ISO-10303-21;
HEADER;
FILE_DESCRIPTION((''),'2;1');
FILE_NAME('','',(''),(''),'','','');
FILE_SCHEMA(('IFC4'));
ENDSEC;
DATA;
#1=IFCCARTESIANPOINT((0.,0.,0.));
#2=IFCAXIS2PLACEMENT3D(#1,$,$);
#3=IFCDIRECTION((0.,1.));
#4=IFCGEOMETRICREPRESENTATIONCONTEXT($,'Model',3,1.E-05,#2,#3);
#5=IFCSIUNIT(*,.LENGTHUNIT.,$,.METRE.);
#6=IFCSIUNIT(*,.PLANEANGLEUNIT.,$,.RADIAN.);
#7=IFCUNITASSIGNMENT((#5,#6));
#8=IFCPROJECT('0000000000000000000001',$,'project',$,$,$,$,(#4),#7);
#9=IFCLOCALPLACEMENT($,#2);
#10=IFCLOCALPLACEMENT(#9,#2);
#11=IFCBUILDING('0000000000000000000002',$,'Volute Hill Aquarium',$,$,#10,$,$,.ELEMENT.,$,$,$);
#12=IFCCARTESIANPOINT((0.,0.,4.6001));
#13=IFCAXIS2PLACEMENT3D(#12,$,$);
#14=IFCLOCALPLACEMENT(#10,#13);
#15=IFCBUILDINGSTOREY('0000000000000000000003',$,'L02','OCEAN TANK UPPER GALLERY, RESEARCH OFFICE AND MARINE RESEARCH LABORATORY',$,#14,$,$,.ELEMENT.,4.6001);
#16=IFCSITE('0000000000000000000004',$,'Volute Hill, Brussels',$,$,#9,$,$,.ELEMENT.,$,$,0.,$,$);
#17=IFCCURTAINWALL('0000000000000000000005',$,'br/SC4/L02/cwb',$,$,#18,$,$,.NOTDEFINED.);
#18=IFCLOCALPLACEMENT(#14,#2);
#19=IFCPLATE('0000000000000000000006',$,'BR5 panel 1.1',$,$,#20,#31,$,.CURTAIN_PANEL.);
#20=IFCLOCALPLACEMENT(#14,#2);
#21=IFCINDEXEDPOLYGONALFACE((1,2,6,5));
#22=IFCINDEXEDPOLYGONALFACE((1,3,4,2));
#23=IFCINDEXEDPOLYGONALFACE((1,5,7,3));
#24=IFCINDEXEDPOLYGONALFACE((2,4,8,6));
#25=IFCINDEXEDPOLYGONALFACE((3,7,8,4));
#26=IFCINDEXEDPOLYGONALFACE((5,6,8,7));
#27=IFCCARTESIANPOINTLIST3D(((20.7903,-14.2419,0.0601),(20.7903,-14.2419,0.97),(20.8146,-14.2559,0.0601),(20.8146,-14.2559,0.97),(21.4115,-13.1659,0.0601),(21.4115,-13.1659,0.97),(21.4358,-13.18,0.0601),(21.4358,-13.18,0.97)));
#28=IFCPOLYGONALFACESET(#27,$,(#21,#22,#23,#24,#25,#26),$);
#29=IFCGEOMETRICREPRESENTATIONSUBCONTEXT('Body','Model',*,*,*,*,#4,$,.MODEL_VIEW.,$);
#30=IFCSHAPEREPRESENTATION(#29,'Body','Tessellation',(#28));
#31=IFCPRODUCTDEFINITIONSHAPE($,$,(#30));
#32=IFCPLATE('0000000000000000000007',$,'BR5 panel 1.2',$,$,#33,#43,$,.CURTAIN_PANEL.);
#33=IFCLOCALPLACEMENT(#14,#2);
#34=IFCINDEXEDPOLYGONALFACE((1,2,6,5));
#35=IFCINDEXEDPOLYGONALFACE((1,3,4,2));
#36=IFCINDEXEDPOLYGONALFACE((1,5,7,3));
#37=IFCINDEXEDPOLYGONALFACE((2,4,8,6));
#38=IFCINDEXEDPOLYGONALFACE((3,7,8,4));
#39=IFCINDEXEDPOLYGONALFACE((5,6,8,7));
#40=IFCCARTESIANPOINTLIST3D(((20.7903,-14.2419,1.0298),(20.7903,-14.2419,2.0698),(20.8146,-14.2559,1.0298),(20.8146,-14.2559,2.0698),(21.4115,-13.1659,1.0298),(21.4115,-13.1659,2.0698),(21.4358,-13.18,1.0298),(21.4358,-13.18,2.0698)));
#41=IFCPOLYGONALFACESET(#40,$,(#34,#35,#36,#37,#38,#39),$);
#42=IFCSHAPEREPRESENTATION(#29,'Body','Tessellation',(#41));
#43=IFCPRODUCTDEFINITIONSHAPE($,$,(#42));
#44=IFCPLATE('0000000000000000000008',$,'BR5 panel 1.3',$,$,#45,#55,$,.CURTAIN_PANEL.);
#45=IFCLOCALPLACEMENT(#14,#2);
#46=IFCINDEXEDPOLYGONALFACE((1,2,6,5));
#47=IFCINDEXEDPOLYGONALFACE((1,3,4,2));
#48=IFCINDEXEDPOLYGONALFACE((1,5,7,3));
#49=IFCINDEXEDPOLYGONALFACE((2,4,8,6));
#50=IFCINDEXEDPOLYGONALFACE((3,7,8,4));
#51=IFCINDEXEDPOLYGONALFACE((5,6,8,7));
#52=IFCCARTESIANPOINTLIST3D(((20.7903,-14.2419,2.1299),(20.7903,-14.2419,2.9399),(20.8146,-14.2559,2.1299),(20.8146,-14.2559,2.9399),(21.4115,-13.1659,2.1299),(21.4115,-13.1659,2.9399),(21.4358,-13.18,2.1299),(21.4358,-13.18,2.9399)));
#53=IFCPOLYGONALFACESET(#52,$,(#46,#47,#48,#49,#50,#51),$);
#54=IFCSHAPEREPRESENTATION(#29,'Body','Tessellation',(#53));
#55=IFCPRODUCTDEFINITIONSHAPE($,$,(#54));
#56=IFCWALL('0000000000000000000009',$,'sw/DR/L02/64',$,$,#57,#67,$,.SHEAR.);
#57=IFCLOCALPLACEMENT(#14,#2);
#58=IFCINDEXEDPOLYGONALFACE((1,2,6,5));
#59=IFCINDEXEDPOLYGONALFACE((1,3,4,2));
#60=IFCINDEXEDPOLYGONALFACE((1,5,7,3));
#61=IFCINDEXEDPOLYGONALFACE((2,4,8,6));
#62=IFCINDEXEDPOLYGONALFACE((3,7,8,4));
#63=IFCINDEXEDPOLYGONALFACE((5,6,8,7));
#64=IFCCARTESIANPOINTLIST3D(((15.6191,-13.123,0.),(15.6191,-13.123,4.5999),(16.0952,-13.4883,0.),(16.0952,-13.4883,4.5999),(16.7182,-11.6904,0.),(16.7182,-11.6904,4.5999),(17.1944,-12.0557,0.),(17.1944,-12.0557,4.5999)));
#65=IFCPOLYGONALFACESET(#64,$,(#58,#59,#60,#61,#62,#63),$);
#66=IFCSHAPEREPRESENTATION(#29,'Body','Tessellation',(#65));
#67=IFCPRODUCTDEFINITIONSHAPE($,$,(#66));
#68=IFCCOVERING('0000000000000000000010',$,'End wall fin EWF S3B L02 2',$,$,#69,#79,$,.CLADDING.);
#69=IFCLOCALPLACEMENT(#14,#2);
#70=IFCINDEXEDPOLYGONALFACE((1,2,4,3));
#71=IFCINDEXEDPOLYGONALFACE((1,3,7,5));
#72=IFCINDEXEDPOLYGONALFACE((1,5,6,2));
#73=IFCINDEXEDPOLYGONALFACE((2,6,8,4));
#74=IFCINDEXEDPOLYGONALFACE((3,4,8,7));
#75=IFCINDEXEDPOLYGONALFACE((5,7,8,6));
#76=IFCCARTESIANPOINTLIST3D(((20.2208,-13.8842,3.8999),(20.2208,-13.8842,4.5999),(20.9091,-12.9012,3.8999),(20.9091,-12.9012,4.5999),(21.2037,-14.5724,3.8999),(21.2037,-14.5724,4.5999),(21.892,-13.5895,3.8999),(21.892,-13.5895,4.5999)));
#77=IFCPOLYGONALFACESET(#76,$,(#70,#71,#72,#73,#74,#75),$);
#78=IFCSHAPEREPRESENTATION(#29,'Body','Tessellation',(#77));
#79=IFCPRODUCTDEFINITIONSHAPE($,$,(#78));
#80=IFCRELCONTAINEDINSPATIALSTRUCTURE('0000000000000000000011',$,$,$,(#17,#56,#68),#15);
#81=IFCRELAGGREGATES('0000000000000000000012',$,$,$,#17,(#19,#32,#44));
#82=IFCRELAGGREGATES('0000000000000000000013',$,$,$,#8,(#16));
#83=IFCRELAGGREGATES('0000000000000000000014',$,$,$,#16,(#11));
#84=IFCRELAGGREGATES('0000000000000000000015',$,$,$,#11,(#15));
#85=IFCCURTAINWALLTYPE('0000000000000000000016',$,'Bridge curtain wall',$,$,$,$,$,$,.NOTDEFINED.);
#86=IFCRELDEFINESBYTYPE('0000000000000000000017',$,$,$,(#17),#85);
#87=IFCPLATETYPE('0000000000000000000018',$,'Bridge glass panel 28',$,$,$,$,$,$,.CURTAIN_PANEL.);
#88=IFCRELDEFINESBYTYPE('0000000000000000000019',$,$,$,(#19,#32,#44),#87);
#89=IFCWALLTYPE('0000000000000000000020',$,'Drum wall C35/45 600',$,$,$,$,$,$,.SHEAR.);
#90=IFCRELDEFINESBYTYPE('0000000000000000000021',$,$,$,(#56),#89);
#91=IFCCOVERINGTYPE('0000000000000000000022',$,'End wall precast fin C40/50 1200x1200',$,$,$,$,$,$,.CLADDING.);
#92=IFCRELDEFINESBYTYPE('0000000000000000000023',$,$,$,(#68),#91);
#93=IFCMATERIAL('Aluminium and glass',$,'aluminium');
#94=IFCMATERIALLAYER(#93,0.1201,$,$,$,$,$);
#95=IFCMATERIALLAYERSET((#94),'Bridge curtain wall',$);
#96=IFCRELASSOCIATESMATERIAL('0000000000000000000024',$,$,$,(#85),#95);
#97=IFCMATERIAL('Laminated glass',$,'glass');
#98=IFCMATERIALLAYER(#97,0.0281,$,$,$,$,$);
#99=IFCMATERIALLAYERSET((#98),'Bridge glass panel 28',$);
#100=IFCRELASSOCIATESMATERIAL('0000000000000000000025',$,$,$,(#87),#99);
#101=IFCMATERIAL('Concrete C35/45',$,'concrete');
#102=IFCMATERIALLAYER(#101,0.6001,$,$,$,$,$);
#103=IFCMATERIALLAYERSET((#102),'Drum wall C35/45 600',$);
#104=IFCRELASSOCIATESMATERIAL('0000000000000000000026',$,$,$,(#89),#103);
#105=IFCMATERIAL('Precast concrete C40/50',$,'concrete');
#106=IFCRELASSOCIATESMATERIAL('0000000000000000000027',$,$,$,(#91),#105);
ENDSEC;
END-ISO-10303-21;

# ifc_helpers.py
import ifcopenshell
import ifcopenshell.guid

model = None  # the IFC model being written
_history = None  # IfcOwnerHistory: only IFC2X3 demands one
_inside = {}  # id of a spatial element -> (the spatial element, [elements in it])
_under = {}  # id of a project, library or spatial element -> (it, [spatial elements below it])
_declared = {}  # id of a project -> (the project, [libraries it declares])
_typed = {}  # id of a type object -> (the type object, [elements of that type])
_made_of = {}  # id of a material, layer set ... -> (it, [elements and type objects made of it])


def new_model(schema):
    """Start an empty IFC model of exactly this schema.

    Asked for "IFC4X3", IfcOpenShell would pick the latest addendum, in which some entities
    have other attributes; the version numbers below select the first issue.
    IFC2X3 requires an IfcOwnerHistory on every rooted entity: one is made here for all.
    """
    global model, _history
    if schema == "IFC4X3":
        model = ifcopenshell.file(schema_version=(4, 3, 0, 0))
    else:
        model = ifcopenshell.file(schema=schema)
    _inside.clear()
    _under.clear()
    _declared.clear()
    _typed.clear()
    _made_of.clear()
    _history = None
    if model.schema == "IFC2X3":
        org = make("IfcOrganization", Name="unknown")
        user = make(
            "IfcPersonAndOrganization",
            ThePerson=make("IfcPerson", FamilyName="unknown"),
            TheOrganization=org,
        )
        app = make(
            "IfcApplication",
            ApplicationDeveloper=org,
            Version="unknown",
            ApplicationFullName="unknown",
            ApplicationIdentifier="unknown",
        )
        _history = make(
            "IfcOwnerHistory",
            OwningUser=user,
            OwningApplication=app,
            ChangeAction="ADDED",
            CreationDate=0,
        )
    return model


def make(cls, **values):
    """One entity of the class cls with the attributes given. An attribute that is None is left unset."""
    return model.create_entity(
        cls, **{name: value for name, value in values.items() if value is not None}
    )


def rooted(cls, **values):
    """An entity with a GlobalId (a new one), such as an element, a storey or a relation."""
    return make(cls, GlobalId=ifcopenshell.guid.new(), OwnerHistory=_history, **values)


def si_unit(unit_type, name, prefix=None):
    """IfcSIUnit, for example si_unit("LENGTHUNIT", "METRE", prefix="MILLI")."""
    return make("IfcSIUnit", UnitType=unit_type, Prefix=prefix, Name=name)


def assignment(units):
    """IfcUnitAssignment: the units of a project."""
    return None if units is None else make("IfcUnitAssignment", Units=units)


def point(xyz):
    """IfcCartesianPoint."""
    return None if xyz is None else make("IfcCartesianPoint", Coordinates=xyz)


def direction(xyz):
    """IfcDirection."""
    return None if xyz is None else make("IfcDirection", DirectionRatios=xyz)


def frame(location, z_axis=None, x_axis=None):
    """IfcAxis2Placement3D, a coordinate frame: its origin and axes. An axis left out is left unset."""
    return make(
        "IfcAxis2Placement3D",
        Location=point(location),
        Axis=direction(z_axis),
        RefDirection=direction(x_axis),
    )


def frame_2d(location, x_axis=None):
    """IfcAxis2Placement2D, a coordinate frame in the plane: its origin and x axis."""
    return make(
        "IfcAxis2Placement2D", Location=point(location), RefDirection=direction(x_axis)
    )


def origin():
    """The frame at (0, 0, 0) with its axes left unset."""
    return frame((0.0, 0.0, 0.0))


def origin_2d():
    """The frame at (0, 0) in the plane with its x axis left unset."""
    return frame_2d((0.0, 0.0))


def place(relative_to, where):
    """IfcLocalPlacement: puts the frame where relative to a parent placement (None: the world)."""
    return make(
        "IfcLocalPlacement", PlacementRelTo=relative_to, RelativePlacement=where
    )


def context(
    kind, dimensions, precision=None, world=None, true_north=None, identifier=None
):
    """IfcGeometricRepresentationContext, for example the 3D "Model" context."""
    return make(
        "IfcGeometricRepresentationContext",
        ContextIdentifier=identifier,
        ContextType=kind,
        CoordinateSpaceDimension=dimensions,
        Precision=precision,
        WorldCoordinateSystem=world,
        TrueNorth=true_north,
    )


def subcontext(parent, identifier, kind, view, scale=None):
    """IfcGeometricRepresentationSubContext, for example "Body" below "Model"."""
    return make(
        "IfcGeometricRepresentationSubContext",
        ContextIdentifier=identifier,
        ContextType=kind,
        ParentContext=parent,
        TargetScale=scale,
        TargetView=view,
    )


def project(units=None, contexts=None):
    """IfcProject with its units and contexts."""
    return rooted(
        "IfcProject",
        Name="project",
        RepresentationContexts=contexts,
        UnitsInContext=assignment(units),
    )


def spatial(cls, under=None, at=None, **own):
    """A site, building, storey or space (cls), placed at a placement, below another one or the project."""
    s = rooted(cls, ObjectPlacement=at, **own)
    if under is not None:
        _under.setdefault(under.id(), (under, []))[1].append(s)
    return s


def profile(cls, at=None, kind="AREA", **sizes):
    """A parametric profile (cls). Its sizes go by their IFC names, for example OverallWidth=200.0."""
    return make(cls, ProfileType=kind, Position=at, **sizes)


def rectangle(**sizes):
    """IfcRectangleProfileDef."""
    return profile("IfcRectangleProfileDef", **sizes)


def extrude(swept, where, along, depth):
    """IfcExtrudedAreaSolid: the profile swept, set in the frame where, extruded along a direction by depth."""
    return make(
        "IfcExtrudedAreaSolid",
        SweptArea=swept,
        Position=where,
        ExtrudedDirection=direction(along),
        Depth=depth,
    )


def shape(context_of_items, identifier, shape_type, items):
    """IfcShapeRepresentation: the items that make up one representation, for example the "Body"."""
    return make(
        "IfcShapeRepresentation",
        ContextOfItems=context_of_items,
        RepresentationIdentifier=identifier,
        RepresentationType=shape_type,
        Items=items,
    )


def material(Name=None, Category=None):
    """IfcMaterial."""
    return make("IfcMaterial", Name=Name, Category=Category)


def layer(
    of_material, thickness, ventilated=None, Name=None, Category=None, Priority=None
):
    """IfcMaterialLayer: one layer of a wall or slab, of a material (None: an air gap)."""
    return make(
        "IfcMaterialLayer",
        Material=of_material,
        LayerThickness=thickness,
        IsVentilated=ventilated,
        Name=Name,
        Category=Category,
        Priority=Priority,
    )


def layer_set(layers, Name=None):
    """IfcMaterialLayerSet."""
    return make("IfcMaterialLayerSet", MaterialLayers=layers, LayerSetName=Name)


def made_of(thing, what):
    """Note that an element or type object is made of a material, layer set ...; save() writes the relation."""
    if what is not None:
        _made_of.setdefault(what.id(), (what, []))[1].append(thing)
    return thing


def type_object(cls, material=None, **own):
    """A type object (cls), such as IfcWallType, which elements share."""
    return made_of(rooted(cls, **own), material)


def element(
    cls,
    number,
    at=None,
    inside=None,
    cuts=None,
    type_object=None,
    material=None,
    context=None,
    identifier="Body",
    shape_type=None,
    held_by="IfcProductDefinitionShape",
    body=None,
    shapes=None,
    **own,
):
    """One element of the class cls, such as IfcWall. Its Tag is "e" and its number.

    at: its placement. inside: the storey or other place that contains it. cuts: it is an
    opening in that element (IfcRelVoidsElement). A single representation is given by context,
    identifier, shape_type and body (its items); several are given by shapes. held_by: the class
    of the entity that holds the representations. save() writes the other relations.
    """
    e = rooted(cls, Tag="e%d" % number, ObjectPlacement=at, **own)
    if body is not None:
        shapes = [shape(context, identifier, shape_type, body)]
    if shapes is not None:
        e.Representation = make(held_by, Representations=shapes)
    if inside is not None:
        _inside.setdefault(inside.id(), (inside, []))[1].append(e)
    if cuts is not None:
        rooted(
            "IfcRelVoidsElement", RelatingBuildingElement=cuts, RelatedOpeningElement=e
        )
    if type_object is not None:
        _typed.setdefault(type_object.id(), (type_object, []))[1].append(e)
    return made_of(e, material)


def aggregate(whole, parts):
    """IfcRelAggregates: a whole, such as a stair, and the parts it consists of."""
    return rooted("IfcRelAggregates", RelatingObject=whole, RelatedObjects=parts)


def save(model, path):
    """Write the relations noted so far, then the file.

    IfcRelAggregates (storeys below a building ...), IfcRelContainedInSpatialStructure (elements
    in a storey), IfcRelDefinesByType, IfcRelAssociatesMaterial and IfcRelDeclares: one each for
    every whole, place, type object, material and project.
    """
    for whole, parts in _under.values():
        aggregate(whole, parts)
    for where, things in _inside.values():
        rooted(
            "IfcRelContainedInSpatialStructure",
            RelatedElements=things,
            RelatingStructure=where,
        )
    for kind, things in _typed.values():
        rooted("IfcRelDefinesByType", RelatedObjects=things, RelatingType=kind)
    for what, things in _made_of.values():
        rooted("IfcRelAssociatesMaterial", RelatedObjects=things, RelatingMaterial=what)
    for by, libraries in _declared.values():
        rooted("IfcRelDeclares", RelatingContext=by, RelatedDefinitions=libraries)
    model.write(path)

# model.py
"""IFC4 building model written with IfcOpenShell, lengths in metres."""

from ifc_helpers import new_model, si_unit, direction, frame, frame_2d, origin, origin_2d, place, context, subcontext, project, spatial, rectangle, extrude, material, layer, layer_set, type_object, element, aggregate, save


model = new_model("IFC4")

# Units and contexts
model_context = context("Model", 3, precision=1e-05, world=origin(), true_north=direction((0.0, 1.0)))
body_context = subcontext(model_context, "Body", "Model", "MODEL_VIEW")
ifc_project = project(units=[si_unit("LENGTHUNIT", "METRE"), si_unit("PLANEANGLEUNIT", "RADIAN")], contexts=[model_context])

# Site, building, storey
site_placement = place(None, origin())
site = spatial("IfcSite", under=ifc_project, at=site_placement, Name="Volute Hill, Brussels", CompositionType="ELEMENT", RefElevation=0.0)
building_placement = place(site_placement, origin())
building = spatial("IfcBuilding", under=site, at=building_placement, Name="Volute Hill Aquarium", CompositionType="ELEMENT")
storey_placement = place(building_placement, frame((0.0, 0.0, 4.6001)))
storey = spatial("IfcBuildingStorey", under=building, at=storey_placement, Name="L02", Description="OCEAN TANK UPPER GALLERY, RESEARCH OFFICE AND MARINE RESEARCH LABORATORY", CompositionType="ELEMENT", Elevation=4.6001)

# Shared definitions
ifc_material_1 = material(Name="Aluminium and glass", Category="aluminium")
ifc_layer_1 = layer(ifc_material_1, 0.1201)
ifc_layer_set_1 = layer_set([ifc_layer_1], Name="Bridge curtain wall")
curtain_wall_type = type_object("IfcCurtainWallType", Name="Bridge curtain wall", PredefinedType="NOTDEFINED", material=ifc_layer_set_1)

# Curtain wall
curtain_wall_1_placement = place(storey_placement, origin())
curtain_wall_1 = element("IfcCurtainWall", 1, at=curtain_wall_1_placement, inside=storey, type_object=curtain_wall_type, Name="br/SC4/L02/cwb", PredefinedType="NOTDEFINED")

# Plates
ifc_material_2 = material(Name="Laminated glass", Category="glass")
ifc_layer_2 = layer(ifc_material_2, 0.0281)
ifc_layer_set_2 = layer_set([ifc_layer_2], Name="Bridge glass panel 28")
plate_type = type_object("IfcPlateType", Name="Bridge glass panel 28", PredefinedType="CURTAIN_PANEL", material=ifc_layer_set_2)
plate_1_placement = place(storey_placement, frame((21.113, -13.7109, 0.0601), z_axis=(0.0, 0.0, 1.0), x_axis=(0.500005, 0.866022, 0.0)))
plate_1 = element("IfcPlate", 2, at=plate_1_placement, type_object=plate_type, Name="BR5 panel 1.1", PredefinedType="CURTAIN_PANEL", context=body_context, shape_type="SweptSolid", body=[
    extrude(rectangle(XDim=1.2424, YDim=0.0281, at=origin_2d()), origin(), (0.0, 0.0, 1.0), 0.9099),
])
plate_2_placement = place(storey_placement, frame((21.113, -13.7109, 1.0298), z_axis=(0.0, 0.0, 1.0), x_axis=(0.500005, 0.866022, 0.0)))
plate_2 = element("IfcPlate", 3, at=plate_2_placement, type_object=plate_type, Name="BR5 panel 1.2", PredefinedType="CURTAIN_PANEL", context=body_context, shape_type="SweptSolid", body=[
    extrude(rectangle(XDim=1.2424, YDim=0.0281, at=origin_2d()), origin(), (0.0, 0.0, 1.0), 1.04),
])
plate_3_placement = place(storey_placement, frame((21.113, -13.7109, 2.1299), z_axis=(0.0, 0.0, 1.0), x_axis=(0.500005, 0.866022, 0.0)))
plate_3 = element("IfcPlate", 4, at=plate_3_placement, type_object=plate_type, Name="BR5 panel 1.3", PredefinedType="CURTAIN_PANEL", context=body_context, shape_type="SweptSolid", body=[
    extrude(rectangle(XDim=1.2424, YDim=0.0281, at=origin_2d()), origin(), (0.0, 0.0, 1.0), 0.8101),
])
aggregate(curtain_wall_1, [plate_1, plate_2, plate_3])

# Wall
ifc_material_3 = material(Name="Concrete C35/45", Category="concrete")
ifc_layer_3 = layer(ifc_material_3, 0.6001)
ifc_layer_set_3 = layer_set([ifc_layer_3], Name="Drum wall C35/45 600")
wall_type = type_object("IfcWallType", Name="Drum wall C35/45 600", PredefinedType="SHEAR", material=ifc_layer_set_3)
wall_placement = place(storey_placement, frame((15.8572, -13.3057, 0.0), z_axis=(0.0, 0.0, 1.0), x_axis=(0.608704, 0.793397, 0.0)))
element("IfcWall", 5, at=wall_placement, inside=storey, type_object=wall_type, Name="sw/DR/L02/64", PredefinedType="SHEAR", context=body_context, shape_type="SweptSolid", body=[
    extrude(rectangle(XDim=1.8057, YDim=0.6001, at=frame_2d((0.9028, 0.0))), origin(), (0.0, 0.0, 1.0), 4.5999),
])

# Covering
ifc_material_4 = material(Name="Precast concrete C40/50", Category="concrete")
covering_type = type_object("IfcCoveringType", Name="End wall precast fin C40/50 1200x1200", PredefinedType="CLADDING", material=ifc_material_4)
covering_placement = place(storey_placement, frame((21.0564, -13.7368, 3.8999), z_axis=(0.0, 0.0, 1.0), x_axis=(0.819152, -0.573576, 0.0)))
element("IfcCovering", 6, at=covering_placement, inside=storey, type_object=covering_type, Name="End wall fin EWF S3B L02 2", PredefinedType="CLADDING", context=body_context, shape_type="SweptSolid", body=[
    extrude(rectangle(XDim=1.2, YDim=1.2, at=origin_2d()), origin(), (0.0, 0.0, 1.0), 0.7),
])

save(model, "model.ifc")
